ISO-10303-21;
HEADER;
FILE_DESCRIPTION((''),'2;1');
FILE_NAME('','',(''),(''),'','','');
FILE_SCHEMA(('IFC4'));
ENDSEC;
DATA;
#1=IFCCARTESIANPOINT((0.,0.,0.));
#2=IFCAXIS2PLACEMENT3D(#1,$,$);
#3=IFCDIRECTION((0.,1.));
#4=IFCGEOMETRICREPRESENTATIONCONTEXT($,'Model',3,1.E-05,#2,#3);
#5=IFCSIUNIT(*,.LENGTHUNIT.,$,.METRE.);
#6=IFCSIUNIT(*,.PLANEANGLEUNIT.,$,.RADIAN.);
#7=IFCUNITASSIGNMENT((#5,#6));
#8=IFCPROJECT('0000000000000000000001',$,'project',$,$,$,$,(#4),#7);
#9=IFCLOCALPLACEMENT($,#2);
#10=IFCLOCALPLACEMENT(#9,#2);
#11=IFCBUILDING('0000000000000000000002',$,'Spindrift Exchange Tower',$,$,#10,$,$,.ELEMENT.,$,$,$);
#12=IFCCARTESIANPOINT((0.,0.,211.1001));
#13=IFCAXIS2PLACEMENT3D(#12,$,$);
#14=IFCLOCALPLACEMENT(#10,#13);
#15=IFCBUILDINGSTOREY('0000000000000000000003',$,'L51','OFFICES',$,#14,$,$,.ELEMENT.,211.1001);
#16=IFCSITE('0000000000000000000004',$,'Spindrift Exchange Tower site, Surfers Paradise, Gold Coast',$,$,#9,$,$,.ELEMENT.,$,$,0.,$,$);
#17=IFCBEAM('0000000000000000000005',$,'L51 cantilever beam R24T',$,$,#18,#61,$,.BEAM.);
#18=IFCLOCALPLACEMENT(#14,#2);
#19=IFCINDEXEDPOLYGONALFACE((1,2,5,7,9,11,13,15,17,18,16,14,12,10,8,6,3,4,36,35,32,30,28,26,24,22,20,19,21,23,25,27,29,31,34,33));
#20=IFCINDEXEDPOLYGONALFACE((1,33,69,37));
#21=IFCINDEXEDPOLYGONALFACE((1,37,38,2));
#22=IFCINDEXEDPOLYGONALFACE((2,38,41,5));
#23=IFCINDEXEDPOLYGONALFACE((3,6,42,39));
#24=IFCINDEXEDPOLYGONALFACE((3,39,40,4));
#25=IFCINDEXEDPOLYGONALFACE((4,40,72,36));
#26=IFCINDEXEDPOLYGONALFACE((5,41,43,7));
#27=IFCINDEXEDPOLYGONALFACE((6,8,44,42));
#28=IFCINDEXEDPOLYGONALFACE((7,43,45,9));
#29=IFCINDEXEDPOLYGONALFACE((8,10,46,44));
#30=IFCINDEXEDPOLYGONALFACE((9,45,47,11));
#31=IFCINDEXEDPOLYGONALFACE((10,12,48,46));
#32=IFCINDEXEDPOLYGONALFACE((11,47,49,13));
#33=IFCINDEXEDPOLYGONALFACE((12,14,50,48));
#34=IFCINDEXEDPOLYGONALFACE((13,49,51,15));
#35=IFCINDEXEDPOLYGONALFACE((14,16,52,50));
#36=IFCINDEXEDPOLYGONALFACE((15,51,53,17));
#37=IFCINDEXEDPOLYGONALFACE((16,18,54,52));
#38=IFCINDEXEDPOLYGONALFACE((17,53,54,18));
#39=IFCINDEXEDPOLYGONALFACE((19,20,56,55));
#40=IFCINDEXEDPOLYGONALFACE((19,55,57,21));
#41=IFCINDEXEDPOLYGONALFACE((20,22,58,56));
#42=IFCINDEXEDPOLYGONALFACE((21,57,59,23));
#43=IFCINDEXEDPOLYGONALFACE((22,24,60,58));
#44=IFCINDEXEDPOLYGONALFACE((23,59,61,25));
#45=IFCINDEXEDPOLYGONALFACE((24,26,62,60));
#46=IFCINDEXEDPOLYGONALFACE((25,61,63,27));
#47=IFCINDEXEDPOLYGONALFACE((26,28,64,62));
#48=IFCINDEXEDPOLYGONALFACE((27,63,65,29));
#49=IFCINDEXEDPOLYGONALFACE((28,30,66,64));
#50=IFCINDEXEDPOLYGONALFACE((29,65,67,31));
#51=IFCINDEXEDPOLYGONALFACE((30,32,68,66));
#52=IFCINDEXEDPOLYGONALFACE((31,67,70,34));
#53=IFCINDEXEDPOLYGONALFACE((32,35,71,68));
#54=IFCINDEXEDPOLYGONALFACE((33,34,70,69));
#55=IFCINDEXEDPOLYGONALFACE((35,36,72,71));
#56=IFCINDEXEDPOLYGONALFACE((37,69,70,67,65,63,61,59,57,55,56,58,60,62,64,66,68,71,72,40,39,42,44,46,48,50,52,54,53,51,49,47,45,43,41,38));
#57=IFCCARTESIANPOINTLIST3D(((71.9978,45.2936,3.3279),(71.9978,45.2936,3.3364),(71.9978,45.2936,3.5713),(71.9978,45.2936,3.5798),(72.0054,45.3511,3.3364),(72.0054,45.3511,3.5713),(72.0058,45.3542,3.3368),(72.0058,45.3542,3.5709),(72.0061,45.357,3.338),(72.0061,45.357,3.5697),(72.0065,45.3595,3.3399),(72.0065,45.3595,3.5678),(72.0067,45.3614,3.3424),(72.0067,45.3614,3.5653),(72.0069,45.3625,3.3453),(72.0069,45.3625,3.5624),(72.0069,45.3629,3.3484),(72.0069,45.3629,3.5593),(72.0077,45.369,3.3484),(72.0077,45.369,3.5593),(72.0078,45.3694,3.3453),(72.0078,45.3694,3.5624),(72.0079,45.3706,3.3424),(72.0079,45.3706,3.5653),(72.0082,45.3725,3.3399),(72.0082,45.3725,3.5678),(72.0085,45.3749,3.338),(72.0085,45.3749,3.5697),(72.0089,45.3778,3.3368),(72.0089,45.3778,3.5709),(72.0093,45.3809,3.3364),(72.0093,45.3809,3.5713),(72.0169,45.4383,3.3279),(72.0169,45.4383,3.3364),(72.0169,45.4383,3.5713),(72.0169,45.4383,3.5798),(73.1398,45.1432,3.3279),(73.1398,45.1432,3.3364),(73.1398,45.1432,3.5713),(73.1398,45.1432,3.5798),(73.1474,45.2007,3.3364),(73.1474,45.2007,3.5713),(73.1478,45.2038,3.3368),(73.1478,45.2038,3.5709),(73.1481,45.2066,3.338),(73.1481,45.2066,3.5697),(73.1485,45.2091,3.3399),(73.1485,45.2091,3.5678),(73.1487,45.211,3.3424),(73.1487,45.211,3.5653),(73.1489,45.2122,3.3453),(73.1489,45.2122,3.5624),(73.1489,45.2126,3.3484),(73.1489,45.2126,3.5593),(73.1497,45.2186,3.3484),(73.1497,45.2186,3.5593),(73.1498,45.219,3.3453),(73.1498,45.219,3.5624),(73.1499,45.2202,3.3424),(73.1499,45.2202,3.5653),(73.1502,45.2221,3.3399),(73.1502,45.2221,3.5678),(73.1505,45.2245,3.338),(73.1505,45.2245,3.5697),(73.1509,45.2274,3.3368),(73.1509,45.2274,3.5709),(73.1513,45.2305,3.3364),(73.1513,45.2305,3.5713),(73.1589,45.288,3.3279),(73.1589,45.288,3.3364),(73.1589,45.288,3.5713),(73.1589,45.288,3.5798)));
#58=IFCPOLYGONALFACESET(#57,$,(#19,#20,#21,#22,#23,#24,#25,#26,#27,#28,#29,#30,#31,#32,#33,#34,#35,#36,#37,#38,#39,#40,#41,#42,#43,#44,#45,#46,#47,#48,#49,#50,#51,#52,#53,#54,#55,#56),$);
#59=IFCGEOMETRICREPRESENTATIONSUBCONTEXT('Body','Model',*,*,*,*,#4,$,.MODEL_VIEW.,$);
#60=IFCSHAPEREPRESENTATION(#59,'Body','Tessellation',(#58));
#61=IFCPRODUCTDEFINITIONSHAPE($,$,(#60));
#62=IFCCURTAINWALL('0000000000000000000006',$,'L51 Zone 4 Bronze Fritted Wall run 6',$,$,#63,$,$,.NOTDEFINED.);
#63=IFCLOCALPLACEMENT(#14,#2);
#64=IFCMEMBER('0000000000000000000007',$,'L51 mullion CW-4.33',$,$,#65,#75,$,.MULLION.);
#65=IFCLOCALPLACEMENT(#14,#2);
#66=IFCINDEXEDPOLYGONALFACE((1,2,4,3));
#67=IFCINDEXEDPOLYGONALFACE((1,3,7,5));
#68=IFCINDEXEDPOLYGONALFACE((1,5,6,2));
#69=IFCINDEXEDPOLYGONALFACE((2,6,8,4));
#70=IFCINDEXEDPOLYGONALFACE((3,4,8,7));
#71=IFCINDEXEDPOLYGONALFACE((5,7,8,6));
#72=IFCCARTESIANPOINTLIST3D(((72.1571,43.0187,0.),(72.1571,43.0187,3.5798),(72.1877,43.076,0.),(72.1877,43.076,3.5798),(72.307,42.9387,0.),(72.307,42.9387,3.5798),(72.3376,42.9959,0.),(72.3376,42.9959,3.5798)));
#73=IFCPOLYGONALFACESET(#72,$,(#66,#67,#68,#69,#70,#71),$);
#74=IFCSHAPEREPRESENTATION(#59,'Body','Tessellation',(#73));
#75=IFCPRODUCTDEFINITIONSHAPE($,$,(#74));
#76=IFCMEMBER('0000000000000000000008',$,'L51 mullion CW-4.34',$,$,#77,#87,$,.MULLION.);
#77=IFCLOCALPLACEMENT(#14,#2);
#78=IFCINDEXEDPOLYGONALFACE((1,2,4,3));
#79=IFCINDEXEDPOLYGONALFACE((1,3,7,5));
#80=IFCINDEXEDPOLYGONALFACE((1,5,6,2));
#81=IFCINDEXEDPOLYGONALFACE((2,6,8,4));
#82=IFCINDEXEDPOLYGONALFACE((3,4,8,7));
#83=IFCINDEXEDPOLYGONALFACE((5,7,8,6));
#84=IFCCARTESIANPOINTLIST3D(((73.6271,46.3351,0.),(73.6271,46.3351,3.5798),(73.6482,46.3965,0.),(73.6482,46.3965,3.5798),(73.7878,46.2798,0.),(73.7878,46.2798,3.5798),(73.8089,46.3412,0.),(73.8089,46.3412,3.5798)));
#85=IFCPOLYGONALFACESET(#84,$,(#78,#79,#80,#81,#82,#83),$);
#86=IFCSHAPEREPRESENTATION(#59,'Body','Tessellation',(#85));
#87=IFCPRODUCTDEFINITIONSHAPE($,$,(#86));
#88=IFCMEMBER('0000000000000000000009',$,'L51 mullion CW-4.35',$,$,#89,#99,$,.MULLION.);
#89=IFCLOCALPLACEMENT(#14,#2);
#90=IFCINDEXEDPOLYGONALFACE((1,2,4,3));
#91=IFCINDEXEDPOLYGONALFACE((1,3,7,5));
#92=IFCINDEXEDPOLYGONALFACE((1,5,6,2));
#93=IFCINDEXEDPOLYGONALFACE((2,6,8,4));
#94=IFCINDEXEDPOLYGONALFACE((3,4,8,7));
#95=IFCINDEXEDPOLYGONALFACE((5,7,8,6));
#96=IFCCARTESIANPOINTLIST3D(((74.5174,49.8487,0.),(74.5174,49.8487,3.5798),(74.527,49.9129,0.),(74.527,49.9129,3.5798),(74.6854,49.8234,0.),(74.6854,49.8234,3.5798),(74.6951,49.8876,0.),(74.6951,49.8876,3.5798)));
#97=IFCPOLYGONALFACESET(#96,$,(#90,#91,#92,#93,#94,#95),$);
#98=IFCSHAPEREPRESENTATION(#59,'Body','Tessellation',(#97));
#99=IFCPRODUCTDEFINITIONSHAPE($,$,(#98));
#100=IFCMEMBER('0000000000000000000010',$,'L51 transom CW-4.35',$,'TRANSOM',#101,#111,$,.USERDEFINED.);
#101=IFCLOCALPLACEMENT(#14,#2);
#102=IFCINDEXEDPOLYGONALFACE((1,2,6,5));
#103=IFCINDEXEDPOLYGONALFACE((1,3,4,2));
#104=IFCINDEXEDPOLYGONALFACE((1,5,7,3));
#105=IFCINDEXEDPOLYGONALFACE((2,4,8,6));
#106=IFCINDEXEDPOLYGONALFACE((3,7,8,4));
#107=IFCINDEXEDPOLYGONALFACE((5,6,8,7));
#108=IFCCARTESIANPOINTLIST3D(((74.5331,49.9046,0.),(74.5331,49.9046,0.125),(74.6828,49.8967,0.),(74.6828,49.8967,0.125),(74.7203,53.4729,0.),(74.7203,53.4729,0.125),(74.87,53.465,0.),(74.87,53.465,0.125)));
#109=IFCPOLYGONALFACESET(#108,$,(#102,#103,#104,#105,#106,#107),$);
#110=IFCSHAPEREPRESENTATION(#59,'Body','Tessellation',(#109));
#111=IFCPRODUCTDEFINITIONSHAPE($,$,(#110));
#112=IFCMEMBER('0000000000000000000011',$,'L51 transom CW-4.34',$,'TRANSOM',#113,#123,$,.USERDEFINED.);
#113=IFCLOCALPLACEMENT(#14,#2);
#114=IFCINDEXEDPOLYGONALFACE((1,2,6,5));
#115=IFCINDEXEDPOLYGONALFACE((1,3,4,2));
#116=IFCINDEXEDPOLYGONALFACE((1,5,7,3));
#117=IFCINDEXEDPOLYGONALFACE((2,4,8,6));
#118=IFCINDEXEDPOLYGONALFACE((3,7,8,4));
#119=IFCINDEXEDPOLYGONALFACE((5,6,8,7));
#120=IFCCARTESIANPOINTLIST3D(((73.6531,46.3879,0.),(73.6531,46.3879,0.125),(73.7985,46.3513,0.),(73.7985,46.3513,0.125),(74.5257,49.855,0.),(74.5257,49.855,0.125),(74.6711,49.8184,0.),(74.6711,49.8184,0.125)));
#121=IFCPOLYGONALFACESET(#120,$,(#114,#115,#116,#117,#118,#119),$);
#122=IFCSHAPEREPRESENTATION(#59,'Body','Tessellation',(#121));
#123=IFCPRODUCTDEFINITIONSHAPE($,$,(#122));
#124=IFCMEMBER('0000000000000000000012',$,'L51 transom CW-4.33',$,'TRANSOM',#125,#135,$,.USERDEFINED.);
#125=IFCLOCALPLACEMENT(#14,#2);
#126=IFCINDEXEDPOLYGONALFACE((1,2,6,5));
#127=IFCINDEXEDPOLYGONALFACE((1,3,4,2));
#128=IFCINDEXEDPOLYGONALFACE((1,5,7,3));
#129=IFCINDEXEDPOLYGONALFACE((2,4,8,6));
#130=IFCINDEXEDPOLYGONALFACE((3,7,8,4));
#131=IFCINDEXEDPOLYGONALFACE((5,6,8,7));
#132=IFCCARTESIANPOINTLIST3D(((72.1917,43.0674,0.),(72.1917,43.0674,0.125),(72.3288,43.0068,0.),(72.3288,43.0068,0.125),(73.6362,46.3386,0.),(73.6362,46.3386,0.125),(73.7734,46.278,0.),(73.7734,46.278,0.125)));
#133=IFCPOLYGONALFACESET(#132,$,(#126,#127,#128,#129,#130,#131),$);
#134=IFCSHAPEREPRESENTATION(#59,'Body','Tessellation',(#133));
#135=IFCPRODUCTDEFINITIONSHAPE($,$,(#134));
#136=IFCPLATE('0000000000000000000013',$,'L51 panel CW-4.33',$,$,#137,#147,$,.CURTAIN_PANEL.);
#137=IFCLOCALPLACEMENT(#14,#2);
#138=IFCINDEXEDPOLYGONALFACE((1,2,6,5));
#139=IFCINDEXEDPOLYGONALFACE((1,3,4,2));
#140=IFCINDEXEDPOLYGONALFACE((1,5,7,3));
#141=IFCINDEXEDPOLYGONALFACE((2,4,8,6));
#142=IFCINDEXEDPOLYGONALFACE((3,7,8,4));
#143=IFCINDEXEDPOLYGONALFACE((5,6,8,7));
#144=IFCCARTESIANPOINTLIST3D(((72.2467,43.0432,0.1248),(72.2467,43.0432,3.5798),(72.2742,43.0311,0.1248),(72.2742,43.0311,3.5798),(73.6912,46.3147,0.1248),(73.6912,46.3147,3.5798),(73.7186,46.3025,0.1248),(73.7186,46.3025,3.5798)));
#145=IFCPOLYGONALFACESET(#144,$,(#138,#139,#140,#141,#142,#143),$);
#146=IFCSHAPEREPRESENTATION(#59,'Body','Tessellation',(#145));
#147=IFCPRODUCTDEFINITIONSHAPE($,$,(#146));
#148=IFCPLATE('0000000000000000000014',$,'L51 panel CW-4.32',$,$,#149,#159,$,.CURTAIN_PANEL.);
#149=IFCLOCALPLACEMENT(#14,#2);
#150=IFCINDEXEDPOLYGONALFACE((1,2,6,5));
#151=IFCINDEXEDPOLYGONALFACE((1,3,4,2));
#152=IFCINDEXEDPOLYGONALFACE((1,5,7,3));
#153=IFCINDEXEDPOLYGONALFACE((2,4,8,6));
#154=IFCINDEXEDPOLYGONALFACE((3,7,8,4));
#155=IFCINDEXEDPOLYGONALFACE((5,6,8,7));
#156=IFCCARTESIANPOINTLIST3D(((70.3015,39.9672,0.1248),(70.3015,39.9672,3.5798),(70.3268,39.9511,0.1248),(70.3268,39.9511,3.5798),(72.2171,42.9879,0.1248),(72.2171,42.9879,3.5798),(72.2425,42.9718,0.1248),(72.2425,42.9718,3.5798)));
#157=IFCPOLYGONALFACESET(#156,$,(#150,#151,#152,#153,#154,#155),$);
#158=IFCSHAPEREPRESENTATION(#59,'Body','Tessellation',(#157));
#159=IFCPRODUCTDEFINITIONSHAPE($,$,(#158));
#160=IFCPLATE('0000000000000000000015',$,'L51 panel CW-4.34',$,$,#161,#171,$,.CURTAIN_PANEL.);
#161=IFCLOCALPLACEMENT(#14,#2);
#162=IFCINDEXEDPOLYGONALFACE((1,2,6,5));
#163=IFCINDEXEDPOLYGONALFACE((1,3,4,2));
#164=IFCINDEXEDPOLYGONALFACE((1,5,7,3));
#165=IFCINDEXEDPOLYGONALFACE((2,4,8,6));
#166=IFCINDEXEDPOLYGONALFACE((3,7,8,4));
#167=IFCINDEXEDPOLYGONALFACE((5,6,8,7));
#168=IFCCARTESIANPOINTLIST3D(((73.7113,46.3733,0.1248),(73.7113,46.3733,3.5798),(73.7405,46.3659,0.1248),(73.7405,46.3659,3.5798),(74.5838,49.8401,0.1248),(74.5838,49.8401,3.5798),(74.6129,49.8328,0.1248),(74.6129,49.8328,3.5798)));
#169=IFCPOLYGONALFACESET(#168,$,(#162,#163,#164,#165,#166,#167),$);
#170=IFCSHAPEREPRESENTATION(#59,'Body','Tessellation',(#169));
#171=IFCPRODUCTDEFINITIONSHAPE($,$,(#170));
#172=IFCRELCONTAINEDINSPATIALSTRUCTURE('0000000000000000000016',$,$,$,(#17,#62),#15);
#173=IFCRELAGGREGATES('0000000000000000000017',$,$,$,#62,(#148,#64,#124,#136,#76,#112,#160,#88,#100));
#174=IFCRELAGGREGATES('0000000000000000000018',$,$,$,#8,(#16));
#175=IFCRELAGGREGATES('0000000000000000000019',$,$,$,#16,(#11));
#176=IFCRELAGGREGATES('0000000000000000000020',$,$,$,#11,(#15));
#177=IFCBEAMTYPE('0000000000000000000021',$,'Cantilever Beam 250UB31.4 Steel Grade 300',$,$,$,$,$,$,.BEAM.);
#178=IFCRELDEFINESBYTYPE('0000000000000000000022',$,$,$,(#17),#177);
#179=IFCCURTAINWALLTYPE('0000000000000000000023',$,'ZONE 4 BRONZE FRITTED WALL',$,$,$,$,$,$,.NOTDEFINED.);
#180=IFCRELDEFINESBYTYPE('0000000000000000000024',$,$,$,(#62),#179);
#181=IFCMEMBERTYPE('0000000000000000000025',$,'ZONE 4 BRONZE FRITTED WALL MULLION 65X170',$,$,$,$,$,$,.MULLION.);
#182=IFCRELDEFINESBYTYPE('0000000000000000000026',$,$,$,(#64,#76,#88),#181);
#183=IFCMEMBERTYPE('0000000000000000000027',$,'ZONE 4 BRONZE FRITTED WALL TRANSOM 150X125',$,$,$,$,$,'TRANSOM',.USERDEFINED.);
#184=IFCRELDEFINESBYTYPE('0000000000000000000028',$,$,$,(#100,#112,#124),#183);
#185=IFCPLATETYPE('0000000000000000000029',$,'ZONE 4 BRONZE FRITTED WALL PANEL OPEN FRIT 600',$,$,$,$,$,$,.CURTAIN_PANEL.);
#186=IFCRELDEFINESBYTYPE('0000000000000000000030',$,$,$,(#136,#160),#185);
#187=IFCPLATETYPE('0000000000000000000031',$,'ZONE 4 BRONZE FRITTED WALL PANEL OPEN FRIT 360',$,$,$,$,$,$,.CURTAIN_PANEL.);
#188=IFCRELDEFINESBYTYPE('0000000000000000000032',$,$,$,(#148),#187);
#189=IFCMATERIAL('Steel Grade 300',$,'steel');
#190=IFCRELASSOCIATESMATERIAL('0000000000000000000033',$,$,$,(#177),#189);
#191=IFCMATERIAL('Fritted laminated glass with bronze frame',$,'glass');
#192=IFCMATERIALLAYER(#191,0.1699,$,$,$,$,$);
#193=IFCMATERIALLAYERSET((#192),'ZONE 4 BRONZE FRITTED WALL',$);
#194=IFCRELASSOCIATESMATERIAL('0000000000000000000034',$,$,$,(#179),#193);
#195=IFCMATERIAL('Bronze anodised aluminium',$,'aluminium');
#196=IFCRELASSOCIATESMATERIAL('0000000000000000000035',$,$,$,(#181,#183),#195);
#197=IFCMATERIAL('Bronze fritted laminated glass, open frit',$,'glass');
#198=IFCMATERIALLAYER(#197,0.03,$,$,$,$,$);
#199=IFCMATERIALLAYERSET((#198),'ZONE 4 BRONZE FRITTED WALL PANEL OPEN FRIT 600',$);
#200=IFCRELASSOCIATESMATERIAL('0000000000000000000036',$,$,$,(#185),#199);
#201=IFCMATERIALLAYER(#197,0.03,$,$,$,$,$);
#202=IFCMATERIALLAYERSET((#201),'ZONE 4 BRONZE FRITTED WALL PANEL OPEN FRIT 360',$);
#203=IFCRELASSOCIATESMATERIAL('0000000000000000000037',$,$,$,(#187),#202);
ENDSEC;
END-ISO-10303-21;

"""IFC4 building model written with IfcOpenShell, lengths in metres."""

from ifc_helpers import new_model, si_unit, direction, frame, origin, origin_2d, place, context, subcontext, project, spatial, rectangle, i_section, extrude, source, transform, mapped, material, layer, layer_set, material_profile, profile_set, type_object, element, aggregate, save


model = new_model("IFC4")

# Units and contexts
model_context = context("Model", 3, precision=1e-05, world=origin(), true_north=direction((0.0, 1.0)))
body_context = subcontext(model_context, "Body", "Model", "MODEL_VIEW")
ifc_project = project(units=[si_unit("LENGTHUNIT", "METRE"), si_unit("PLANEANGLEUNIT", "RADIAN")], contexts=[model_context])

# Site, building, storey
site_placement = place(None, origin())
site = spatial("IfcSite", under=ifc_project, at=site_placement, Name="Spindrift Exchange Tower site, Surfers Paradise, Gold Coast", CompositionType="ELEMENT", RefElevation=0.0)
building_placement = place(site_placement, origin())
building = spatial("IfcBuilding", under=site, at=building_placement, Name="Spindrift Exchange Tower", CompositionType="ELEMENT")
storey_placement = place(building_placement, frame((0.0, 0.0, 211.1001)))
storey = spatial("IfcBuildingStorey", under=building, at=storey_placement, Name="L51", Description="OFFICES", CompositionType="ELEMENT", Elevation=211.1001)

# Beam
ifc_material_1 = material(Name="Steel Grade 300", Category="steel")
ifc_material_profile_1 = material_profile(ifc_material_1, i_section(OverallWidth=0.146, OverallDepth=0.252, WebThickness=0.0061, FlangeThickness=0.0085, FilletRadius=0.012, at=origin_2d()), Name="250UB31.4")
ifc_profile_set_1 = profile_set([ifc_material_profile_1], Name="Steel Grade 300")
beam_type_1 = type_object("IfcBeamType", Name="Cantilever Beam 250UB31.4 Steel Grade 300", PredefinedType="BEAM", material=ifc_profile_set_1)
shared_shape_1 = source(origin(), body_context, "Body", "SweptSolid", [
    extrude(i_section(OverallWidth=0.146, OverallDepth=0.252, WebThickness=0.0061, FlangeThickness=0.0085, FilletRadius=0.012, at=origin_2d()), origin(), (0.0, 0.0, 1.0), 1.1519),
])
beam_1_placement = place(storey_placement, frame((72.0073, 45.366, 3.4539), z_axis=(0.991441, -0.130553, 0.0), x_axis=(0.130553, 0.991441, 0.0)))
element("IfcBeam", 1, at=beam_1_placement, inside=storey, type_object=beam_type_1, Name="L51 cantilever beam R24T", PredefinedType="BEAM", context=body_context, shape_type="MappedRepresentation", body=[
    mapped(shared_shape_1, transform((0.0, 0.0, 0.0), scale=1.0)),
])

# Curtain wall, members, plates
ifc_material_2 = material(Name="Fritted laminated glass with bronze frame", Category="glass")
ifc_layer_1 = layer(ifc_material_2, 0.1699)
ifc_layer_set_1 = layer_set([ifc_layer_1], Name="ZONE 4 BRONZE FRITTED WALL")
curtain_wall_type = type_object("IfcCurtainWallType", Name="ZONE 4 BRONZE FRITTED WALL", PredefinedType="NOTDEFINED", material=ifc_layer_set_1)
curtain_wall_placement = place(storey_placement, origin())
curtain_wall = element("IfcCurtainWall", 2, at=curtain_wall_placement, inside=storey, type_object=curtain_wall_type, Name="L51 Zone 4 Bronze Fritted Wall run 6", PredefinedType="NOTDEFINED")
ifc_material_3 = material(Name="Bronze anodised aluminium", Category="aluminium")
ifc_material_profile_2 = material_profile(ifc_material_3, rectangle(XDim=0.0649, YDim=0.1699, at=origin_2d()), Name="ZONE 4 BRONZE FRITTED WALL MULLION 65X170")
ifc_profile_set_2 = profile_set([ifc_material_profile_2], Name="Bronze anodised aluminium")
member_type_1 = type_object("IfcMemberType", Name="ZONE 4 BRONZE FRITTED WALL MULLION 65X170", PredefinedType="MULLION", material=ifc_profile_set_2)
shared_shape_2 = source(origin(), body_context, "Body", "SweptSolid", [
    extrude(rectangle(XDim=0.0649, YDim=0.1699, at=origin_2d()), origin(), (0.0, 0.0, 1.0), 3.5798),
])
member_1_placement = place(storey_placement, frame((72.2473, 43.0073, 0.0), z_axis=(0.0, 0.0, 1.0), x_axis=(0.471049, 0.882107, 0.0)))
member_1 = element("IfcMember", 3, at=member_1_placement, type_object=member_type_1, Name="L51 mullion CW-4.33", PredefinedType="MULLION", context=body_context, shape_type="MappedRepresentation", body=[
    mapped(shared_shape_2, transform((0.0, 0.0, 0.0), scale=1.0)),
])
member_2_placement = place(storey_placement, frame((73.718, 46.3381, 0.0), z_axis=(0.0, 0.0, 1.0), x_axis=(0.325141, 0.945666, 0.0)))
member_2 = element("IfcMember", 4, at=member_2_placement, type_object=member_type_1, Name="L51 mullion CW-4.34", PredefinedType="MULLION", context=body_context, shape_type="MappedRepresentation", body=[
    mapped(shared_shape_2, transform((0.0, 0.0, 0.0), scale=1.0)),
])
member_3_placement = place(storey_placement, frame((74.6062, 49.8682, 0.0), z_axis=(0.0, 0.0, 1.0), x_axis=(0.148929, 0.988848, 0.0)))
member_3 = element("IfcMember", 5, at=member_3_placement, type_object=member_type_1, Name="L51 mullion CW-4.35", PredefinedType="MULLION", context=body_context, shape_type="MappedRepresentation", body=[
    mapped(shared_shape_2, transform((0.0, 0.0, 0.0), scale=1.0)),
])
ifc_material_profile_3 = material_profile(ifc_material_3, rectangle(XDim=0.1499, YDim=0.125, at=origin_2d()), Name="ZONE 4 BRONZE FRITTED WALL TRANSOM 150X125")
ifc_profile_set_3 = profile_set([ifc_material_profile_3], Name="Bronze anodised aluminium")
member_type_2 = type_object("IfcMemberType", Name="ZONE 4 BRONZE FRITTED WALL TRANSOM 150X125", ElementType="TRANSOM", PredefinedType="USERDEFINED", material=ifc_profile_set_3)
shared_shape_3 = source(origin(), body_context, "Body", "SweptSolid", [
    extrude(rectangle(XDim=0.1499, YDim=0.125, at=origin_2d()), origin(), (0.0, 0.0, 1.0), 3.5732),
])
member_4_placement = place(storey_placement, frame((74.6079, 49.9006, 0.0625), z_axis=(0.052405, 0.998626, 0.0), x_axis=(-0.998626, 0.052405, 0.0)))
member_4 = element("IfcMember", 6, at=member_4_placement, type_object=member_type_2, Name="L51 transom CW-4.35", ObjectType="TRANSOM", PredefinedType="USERDEFINED", context=body_context, shape_type="MappedRepresentation", body=[
    mapped(shared_shape_3, transform((0.0, 0.0, 0.0), scale=1.0)),
])
shared_shape_4 = source(origin(), body_context, "Body", "SweptSolid", [
    extrude(rectangle(XDim=0.1499, YDim=0.125, at=origin_2d()), origin(), (0.0, 0.0, 1.0), 3.5752),
])
member_5_placement = place(storey_placement, frame((73.7258, 46.3696, 0.0625), z_axis=(0.244062, 0.96976, 0.0), x_axis=(-0.96976, 0.244062, 0.0)))
member_5 = element("IfcMember", 7, at=member_5_placement, type_object=member_type_2, Name="L51 transom CW-4.34", ObjectType="TRANSOM", PredefinedType="USERDEFINED", context=body_context, shape_type="MappedRepresentation", body=[
    mapped(shared_shape_4, transform((0.0, 0.0, 0.0), scale=1.0)),
])
shared_shape_5 = source(origin(), body_context, "Body", "SweptSolid", [
    extrude(rectangle(XDim=0.1499, YDim=0.125, at=origin_2d()), origin(), (0.0, 0.0, 1.0), 3.5759),
])
member_6_placement = place(storey_placement, frame((72.2603, 43.0371, 0.0625), z_axis=(0.403965, 0.914775, 0.0), x_axis=(-0.914775, 0.403965, 0.0)))
member_6 = element("IfcMember", 8, at=member_6_placement, type_object=member_type_2, Name="L51 transom CW-4.33", ObjectType="TRANSOM", PredefinedType="USERDEFINED", context=body_context, shape_type="MappedRepresentation", body=[
    mapped(shared_shape_5, transform((0.0, 0.0, 0.0), scale=1.0)),
])
ifc_material_4 = material(Name="Bronze fritted laminated glass, open frit", Category="glass")
ifc_layer_2 = layer(ifc_material_4, 0.03)
ifc_layer_set_2 = layer_set([ifc_layer_2], Name="ZONE 4 BRONZE FRITTED WALL PANEL OPEN FRIT 600")
plate_type_1 = type_object("IfcPlateType", Name="ZONE 4 BRONZE FRITTED WALL PANEL OPEN FRIT 600", PredefinedType="CURTAIN_PANEL", material=ifc_layer_set_2)
shared_shape_6 = source(origin(), body_context, "Body", "SweptSolid", [
    extrude(rectangle(XDim=3.5762, YDim=0.03, at=origin_2d()), origin(), (0.0, 0.0, 1.0), 3.4551),
])
plate_1_placement = place(storey_placement, frame((72.9827, 44.6729, 0.1248), z_axis=(0.0, 0.0, 1.0), x_axis=(0.403913, 0.914798, 0.0)))
plate_1 = element("IfcPlate", 9, at=plate_1_placement, type_object=plate_type_1, Name="L51 panel CW-4.33", PredefinedType="CURTAIN_PANEL", context=body_context, shape_type="MappedRepresentation", body=[
    mapped(shared_shape_6, transform((0.0, 0.0, 0.0), scale=1.0)),
])
ifc_layer_3 = layer(ifc_material_4, 0.03)
ifc_layer_set_3 = layer_set([ifc_layer_3], Name="ZONE 4 BRONZE FRITTED WALL PANEL OPEN FRIT 360")
plate_type_2 = type_object("IfcPlateType", Name="ZONE 4 BRONZE FRITTED WALL PANEL OPEN FRIT 360", PredefinedType="CURTAIN_PANEL", material=ifc_layer_set_3)
shared_shape_7 = source(origin(), body_context, "Body", "SweptSolid", [
    extrude(rectangle(XDim=3.5769, YDim=0.03, at=origin_2d()), origin(), (0.0, 0.0, 1.0), 3.4551),
])
plate_2_placement = place(storey_placement, frame((71.272, 41.4695, 0.1248), z_axis=(0.0, 0.0, 1.0), x_axis=(0.535559, 0.844498, 0.0)))
plate_2 = element("IfcPlate", 10, at=plate_2_placement, type_object=plate_type_2, Name="L51 panel CW-4.32", PredefinedType="CURTAIN_PANEL", context=body_context, shape_type="MappedRepresentation", body=[
    mapped(shared_shape_7, transform((0.0, 0.0, 0.0), scale=1.0)),
])
shared_shape_8 = source(origin(), body_context, "Body", "SweptSolid", [
    extrude(rectangle(XDim=3.575, YDim=0.03, at=origin_2d()), origin(), (0.0, 0.0, 1.0), 3.4551),
])
plate_3_placement = place(storey_placement, frame((74.1621, 48.103, 0.1248), z_axis=(0.0, 0.0, 1.0), x_axis=(0.244042, 0.969765, 0.0)))
plate_3 = element("IfcPlate", 11, at=plate_3_placement, type_object=plate_type_1, Name="L51 panel CW-4.34", PredefinedType="CURTAIN_PANEL", context=body_context, shape_type="MappedRepresentation", body=[
    mapped(shared_shape_8, transform((0.0, 0.0, 0.0), scale=1.0)),
])
aggregate(curtain_wall, [plate_2, member_1, member_6, plate_1, member_2, member_5, plate_3, member_3, member_4])

save(model, "model.ifc")
